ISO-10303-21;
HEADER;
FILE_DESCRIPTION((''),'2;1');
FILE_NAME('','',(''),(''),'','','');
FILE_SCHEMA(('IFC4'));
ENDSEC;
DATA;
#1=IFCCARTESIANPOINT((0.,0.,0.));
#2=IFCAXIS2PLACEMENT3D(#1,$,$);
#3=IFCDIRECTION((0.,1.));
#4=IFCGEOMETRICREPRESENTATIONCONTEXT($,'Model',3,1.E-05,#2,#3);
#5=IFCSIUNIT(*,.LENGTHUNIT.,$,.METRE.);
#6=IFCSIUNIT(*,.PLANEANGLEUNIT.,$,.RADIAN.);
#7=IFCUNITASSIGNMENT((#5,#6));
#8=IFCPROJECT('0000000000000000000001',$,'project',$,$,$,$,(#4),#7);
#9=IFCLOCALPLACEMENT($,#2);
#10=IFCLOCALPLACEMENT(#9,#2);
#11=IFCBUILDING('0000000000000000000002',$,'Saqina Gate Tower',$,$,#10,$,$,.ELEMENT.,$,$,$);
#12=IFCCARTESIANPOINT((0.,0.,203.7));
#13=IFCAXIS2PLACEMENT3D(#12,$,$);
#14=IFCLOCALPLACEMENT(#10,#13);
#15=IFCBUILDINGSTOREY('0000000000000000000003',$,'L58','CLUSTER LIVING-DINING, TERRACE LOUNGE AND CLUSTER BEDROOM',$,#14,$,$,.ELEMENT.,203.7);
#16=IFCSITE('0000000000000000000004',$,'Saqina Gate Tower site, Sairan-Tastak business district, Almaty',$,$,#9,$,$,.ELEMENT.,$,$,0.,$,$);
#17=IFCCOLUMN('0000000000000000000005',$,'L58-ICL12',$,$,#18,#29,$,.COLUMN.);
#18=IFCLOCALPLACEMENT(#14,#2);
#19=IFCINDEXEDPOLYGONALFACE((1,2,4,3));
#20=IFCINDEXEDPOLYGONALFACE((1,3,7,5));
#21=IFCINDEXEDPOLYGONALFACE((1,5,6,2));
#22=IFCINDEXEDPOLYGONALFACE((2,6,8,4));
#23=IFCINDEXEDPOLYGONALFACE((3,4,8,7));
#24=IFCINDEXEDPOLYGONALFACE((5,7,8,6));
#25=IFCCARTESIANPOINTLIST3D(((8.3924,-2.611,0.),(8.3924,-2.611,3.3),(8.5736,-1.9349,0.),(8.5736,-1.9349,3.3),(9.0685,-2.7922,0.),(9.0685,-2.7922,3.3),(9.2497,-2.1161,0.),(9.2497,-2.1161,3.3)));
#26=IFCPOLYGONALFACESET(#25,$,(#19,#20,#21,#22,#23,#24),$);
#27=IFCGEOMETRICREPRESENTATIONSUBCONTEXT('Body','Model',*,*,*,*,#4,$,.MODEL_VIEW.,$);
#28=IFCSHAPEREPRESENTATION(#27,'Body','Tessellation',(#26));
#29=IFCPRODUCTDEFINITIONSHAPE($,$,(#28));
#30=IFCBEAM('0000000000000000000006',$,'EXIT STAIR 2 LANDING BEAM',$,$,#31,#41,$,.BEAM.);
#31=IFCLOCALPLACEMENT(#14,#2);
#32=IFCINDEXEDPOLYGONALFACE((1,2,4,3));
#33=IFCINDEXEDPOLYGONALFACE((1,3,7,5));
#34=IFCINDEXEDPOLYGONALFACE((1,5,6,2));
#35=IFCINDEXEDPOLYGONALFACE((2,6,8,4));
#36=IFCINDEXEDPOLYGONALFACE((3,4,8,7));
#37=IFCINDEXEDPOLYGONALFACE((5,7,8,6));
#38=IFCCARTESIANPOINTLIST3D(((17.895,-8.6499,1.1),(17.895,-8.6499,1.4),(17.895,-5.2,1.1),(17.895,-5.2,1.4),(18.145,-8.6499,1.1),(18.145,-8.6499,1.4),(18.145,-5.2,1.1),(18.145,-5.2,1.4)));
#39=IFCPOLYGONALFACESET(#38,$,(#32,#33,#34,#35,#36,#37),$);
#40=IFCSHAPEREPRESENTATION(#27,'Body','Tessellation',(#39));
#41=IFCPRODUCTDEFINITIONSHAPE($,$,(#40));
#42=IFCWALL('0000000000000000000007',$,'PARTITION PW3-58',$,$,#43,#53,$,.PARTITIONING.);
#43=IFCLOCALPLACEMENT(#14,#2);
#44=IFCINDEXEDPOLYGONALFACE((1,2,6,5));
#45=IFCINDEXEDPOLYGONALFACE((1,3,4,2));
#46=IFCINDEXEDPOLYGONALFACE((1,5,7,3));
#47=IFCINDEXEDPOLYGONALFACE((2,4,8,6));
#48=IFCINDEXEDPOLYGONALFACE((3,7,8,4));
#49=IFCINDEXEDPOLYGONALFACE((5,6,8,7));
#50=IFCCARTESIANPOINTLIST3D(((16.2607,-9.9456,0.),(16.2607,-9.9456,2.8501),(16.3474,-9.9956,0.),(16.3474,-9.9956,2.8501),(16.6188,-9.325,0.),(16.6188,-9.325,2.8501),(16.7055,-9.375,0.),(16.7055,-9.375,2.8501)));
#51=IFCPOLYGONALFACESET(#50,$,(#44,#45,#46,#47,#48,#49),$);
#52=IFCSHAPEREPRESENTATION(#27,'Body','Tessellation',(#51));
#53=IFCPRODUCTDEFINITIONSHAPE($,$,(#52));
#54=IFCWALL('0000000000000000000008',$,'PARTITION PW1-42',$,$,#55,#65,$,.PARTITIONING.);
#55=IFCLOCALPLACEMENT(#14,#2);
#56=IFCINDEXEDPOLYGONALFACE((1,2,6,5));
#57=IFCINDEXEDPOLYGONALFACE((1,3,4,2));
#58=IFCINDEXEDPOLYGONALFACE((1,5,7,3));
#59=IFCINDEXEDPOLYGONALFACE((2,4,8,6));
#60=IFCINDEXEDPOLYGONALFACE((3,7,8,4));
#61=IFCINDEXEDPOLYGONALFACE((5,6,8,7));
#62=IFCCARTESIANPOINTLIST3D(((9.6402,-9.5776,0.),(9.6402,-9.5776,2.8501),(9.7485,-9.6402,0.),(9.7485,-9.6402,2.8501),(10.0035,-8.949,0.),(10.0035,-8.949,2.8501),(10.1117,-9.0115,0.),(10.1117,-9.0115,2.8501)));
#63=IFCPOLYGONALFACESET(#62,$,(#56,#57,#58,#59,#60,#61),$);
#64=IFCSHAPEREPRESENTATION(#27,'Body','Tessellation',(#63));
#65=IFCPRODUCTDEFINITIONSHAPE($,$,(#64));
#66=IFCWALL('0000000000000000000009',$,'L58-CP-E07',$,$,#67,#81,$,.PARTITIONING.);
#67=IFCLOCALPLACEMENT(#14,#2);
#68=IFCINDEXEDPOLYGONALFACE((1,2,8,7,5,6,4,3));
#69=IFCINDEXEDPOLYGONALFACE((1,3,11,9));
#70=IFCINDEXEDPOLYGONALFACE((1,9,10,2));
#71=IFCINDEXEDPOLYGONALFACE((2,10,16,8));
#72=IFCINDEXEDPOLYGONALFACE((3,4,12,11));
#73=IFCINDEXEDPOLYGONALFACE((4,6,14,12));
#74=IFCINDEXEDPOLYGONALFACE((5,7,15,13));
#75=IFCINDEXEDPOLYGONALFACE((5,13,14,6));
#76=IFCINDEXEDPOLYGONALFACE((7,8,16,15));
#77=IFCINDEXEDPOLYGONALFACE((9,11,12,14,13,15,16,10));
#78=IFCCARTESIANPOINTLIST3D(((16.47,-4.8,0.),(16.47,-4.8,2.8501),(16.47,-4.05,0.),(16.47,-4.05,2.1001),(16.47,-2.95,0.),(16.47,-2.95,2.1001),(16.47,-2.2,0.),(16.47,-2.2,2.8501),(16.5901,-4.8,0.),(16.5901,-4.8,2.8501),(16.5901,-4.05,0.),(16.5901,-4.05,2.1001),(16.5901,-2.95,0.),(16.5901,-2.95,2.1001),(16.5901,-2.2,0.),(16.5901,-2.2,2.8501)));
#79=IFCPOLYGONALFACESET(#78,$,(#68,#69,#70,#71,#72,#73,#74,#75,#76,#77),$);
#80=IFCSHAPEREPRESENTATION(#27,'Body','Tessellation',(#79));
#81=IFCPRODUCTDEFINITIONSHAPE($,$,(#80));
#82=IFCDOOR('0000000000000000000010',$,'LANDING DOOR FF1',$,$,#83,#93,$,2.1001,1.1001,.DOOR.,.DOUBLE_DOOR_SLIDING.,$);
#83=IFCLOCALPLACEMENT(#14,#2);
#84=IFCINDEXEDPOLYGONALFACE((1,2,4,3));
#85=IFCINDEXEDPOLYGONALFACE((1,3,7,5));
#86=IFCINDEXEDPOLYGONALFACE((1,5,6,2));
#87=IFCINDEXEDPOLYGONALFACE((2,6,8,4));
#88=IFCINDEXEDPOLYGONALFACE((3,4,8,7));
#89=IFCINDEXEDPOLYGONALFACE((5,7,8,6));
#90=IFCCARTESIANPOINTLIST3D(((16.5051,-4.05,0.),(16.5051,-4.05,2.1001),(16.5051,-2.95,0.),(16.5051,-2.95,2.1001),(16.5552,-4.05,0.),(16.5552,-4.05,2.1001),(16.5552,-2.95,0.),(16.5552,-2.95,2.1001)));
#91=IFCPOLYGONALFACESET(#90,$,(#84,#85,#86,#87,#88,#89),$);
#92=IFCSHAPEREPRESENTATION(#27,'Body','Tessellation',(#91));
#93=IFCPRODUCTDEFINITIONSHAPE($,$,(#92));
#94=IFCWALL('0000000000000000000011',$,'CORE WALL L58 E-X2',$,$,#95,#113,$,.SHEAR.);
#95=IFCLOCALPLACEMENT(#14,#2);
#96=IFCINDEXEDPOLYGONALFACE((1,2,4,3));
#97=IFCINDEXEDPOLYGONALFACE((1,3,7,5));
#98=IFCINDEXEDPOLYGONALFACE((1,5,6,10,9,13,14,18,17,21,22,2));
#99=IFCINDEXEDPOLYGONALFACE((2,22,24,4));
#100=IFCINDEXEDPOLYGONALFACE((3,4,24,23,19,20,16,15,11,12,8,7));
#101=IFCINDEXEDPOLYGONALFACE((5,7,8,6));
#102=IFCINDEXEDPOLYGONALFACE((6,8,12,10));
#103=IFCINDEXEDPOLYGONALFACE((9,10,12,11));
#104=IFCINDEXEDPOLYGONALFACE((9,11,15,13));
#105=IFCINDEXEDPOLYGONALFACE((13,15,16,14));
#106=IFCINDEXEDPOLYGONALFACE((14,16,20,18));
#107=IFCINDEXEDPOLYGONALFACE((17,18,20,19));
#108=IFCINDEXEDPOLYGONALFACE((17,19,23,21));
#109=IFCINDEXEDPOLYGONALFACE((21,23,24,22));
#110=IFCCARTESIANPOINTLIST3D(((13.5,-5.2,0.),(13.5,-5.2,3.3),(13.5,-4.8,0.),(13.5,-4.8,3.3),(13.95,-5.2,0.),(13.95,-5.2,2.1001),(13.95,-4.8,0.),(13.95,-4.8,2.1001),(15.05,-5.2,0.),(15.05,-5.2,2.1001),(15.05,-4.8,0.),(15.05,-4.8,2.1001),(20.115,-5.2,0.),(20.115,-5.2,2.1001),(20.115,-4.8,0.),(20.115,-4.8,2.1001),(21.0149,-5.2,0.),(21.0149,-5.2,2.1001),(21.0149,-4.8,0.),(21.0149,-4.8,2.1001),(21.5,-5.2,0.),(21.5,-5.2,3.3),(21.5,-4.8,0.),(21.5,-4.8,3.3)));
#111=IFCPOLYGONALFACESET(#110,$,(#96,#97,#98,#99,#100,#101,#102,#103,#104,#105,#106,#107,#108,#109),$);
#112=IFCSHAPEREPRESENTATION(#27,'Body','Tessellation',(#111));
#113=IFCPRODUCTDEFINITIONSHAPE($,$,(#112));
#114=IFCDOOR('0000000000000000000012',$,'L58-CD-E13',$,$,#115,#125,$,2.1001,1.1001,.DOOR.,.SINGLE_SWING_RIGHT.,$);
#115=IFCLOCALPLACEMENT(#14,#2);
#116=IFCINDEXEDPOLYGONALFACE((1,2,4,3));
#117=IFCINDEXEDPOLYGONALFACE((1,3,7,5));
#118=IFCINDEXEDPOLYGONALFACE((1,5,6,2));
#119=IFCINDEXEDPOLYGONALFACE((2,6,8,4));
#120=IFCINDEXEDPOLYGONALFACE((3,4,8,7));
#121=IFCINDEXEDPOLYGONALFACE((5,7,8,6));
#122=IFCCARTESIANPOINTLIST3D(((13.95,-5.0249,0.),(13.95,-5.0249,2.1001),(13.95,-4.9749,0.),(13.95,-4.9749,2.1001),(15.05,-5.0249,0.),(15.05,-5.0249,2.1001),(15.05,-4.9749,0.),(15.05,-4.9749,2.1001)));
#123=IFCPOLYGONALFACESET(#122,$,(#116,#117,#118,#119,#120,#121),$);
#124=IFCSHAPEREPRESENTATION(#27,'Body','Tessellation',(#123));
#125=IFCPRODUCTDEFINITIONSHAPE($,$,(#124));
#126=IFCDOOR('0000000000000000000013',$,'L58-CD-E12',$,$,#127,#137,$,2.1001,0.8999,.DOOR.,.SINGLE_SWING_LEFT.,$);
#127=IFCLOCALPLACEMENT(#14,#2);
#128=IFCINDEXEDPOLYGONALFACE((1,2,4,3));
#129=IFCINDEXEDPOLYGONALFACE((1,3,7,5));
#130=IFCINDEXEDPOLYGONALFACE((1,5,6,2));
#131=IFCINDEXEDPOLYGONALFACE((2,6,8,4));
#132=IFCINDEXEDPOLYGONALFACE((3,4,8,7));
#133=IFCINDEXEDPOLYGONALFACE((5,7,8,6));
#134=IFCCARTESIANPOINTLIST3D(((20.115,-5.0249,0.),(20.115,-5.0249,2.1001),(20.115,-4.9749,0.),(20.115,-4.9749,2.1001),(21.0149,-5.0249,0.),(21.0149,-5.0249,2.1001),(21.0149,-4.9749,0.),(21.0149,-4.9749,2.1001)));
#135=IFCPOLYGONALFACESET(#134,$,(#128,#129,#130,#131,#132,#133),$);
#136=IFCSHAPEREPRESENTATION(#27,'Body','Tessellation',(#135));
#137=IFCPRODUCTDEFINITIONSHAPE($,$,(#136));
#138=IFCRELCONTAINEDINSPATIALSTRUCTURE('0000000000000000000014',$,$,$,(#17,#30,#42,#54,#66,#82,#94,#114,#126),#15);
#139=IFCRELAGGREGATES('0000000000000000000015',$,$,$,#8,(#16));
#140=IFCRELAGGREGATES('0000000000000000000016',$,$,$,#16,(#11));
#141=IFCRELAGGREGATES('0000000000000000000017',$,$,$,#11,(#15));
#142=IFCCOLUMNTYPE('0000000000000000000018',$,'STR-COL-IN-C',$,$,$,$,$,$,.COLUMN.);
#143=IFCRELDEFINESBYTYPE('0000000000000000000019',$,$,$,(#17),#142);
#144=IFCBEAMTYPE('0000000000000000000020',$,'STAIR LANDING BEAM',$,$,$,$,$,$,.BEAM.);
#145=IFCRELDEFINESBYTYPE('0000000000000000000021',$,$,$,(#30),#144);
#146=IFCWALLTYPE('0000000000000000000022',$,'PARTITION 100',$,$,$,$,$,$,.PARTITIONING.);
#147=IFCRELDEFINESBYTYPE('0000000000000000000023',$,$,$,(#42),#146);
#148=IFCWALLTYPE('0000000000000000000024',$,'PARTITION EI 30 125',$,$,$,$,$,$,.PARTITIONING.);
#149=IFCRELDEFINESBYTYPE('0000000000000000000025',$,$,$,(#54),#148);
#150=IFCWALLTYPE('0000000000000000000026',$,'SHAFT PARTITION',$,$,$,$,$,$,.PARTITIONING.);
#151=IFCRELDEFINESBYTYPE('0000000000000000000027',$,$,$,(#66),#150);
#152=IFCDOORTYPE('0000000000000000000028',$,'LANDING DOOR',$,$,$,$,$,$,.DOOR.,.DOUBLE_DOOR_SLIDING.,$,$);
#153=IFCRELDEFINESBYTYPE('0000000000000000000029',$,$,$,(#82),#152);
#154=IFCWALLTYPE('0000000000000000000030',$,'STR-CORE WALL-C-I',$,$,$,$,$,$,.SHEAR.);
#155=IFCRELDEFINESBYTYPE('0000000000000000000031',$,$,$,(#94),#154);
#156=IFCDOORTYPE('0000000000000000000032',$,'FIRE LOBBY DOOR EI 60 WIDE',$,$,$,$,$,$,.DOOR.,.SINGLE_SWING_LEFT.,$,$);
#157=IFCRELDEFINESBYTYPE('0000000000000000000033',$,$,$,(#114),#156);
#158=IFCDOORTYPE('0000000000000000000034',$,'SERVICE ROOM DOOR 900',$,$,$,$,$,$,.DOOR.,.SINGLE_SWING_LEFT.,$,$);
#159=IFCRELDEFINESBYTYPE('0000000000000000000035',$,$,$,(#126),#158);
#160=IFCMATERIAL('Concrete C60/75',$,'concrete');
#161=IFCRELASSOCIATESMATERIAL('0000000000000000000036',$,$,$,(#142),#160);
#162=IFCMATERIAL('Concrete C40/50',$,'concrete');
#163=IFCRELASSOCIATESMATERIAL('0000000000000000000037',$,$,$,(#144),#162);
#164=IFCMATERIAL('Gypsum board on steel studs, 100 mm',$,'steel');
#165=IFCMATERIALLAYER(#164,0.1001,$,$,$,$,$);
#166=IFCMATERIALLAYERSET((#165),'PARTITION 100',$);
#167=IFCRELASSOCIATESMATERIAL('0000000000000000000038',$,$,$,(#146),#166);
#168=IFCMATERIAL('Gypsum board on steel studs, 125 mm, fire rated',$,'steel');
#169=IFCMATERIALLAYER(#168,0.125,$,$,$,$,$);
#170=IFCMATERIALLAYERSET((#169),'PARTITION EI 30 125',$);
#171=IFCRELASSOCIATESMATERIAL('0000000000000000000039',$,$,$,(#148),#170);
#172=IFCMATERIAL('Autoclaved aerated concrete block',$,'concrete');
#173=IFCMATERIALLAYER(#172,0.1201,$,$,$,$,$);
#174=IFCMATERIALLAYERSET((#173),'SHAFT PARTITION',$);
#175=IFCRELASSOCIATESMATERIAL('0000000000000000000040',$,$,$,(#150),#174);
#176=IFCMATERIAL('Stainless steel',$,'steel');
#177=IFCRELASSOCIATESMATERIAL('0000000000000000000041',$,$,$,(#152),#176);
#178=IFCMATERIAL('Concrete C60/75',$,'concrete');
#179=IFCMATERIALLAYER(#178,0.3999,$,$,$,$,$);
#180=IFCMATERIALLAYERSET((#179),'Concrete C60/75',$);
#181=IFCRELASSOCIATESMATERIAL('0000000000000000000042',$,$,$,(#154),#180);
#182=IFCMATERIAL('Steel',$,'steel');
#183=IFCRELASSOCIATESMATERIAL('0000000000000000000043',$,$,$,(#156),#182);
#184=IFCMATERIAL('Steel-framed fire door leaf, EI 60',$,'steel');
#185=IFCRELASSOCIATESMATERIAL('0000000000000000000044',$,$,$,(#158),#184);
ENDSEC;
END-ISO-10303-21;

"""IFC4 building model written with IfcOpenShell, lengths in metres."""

from ifc_helpers import new_model, si_unit, direction, frame, frame_2d, origin, origin_2d, place, context, subcontext, project, spatial, rectangle, extrude, material, layer, layer_set, material_profile, profile_set, type_object, element, fill, save


model = new_model("IFC4")

# Units and contexts
model_context = context("Model", 3, precision=1e-05, world=origin(), true_north=direction((0.0, 1.0)))
body_context = subcontext(model_context, "Body", "Model", "MODEL_VIEW")
ifc_project = project(units=[si_unit("LENGTHUNIT", "METRE"), si_unit("PLANEANGLEUNIT", "RADIAN")], contexts=[model_context])

# Site, building, storey
site_placement = place(None, origin())
site = spatial("IfcSite", under=ifc_project, at=site_placement, Name="Saqina Gate Tower site, Sairan-Tastak business district, Almaty", CompositionType="ELEMENT", RefElevation=0.0)
building_placement = place(site_placement, origin())
building = spatial("IfcBuilding", under=site, at=building_placement, Name="Saqina Gate Tower", CompositionType="ELEMENT")
storey_placement = place(building_placement, frame((0.0, 0.0, 203.7)))
storey = spatial("IfcBuildingStorey", under=building, at=storey_placement, Name="L58", Description="CLUSTER LIVING-DINING, TERRACE LOUNGE AND CLUSTER BEDROOM", CompositionType="ELEMENT", Elevation=203.7)

# Column
ifc_material_1 = material(Name="Concrete C60/75", Category="concrete")
ifc_material_profile_1 = material_profile(ifc_material_1, rectangle(XDim=0.7, YDim=0.7, at=origin_2d()), Name="RC 700x700")
ifc_profile_set_1 = profile_set([ifc_material_profile_1], Name="Concrete C60/75")
column_type = type_object("IfcColumnType", Name="STR-COL-IN-C", PredefinedType="COLUMN", material=ifc_profile_set_1)
column_placement = place(storey_placement, frame((8.821, -2.3635, 0.0), z_axis=(0.0, 0.0, 1.0), x_axis=(0.965926, -0.258819, 0.0)))
element("IfcColumn", 1, at=column_placement, inside=storey, type_object=column_type, Name="L58-ICL12", PredefinedType="COLUMN", context=body_context, shape_type="SweptSolid", body=[
    extrude(rectangle(XDim=0.7, YDim=0.7, at=origin_2d()), origin(), (0.0, 0.0, 1.0), 3.3),
])

# Beam
ifc_material_2 = material(Name="Concrete C40/50", Category="concrete")
ifc_material_profile_2 = material_profile(ifc_material_2, rectangle(XDim=0.25, YDim=0.3, at=origin_2d()), Name="STAIR LANDING BEAM")
ifc_profile_set_2 = profile_set([ifc_material_profile_2], Name="Concrete C40/50")
beam_type = type_object("IfcBeamType", Name="STAIR LANDING BEAM", PredefinedType="BEAM", material=ifc_profile_set_2)
beam_placement = place(storey_placement, frame((18.02, -8.6499, 1.25), z_axis=(0.0, 1.0, 0.0), x_axis=(-1.0, 0.0, 0.0)))
element("IfcBeam", 2, at=beam_placement, inside=storey, type_object=beam_type, Name="EXIT STAIR 2 LANDING BEAM", PredefinedType="BEAM", context=body_context, shape_type="SweptSolid", body=[
    extrude(rectangle(XDim=0.25, YDim=0.3, at=origin_2d()), origin(), (0.0, 0.0, 1.0), 3.45),
])

# Walls
ifc_material_3 = material(Name="Gypsum board on steel studs, 100 mm", Category="steel")
ifc_layer_1 = layer(ifc_material_3, 0.1001)
ifc_layer_set_1 = layer_set([ifc_layer_1], Name="PARTITION 100")
wall_type_1 = type_object("IfcWallType", Name="PARTITION 100", PredefinedType="PARTITIONING", material=ifc_layer_set_1)
wall_1_placement = place(storey_placement, frame((16.304, -9.9707, 0.0), z_axis=(0.0, 0.0, 1.0), x_axis=(0.49984, 0.866118, 0.0)))
element("IfcWall", 3, at=wall_1_placement, inside=storey, type_object=wall_type_1, Name="PARTITION PW3-58", PredefinedType="PARTITIONING", context=body_context, shape_type="SweptSolid", body=[
    extrude(rectangle(XDim=0.7166, YDim=0.1001, at=frame_2d((0.3584, 0.0))), origin(), (0.0, 0.0, 1.0), 2.8501),
])
ifc_material_4 = material(Name="Gypsum board on steel studs, 125 mm, fire rated", Category="steel")
ifc_layer_2 = layer(ifc_material_4, 0.125)
ifc_layer_set_2 = layer_set([ifc_layer_2], Name="PARTITION EI 30 125")
wall_type_2 = type_object("IfcWallType", Name="PARTITION EI 30 125", PredefinedType="PARTITIONING", material=ifc_layer_set_2)
wall_2_placement = place(storey_placement, frame((9.6943, -9.6089, 0.0), z_axis=(0.0, 0.0, 1.0), x_axis=(0.500334, 0.865833, 0.0)))
element("IfcWall", 4, at=wall_2_placement, inside=storey, type_object=wall_type_2, Name="PARTITION PW1-42", PredefinedType="PARTITIONING", context=body_context, shape_type="SweptSolid", body=[
    extrude(rectangle(XDim=0.7261, YDim=0.125, at=frame_2d((0.363, 0.0))), origin(), (0.0, 0.0, 1.0), 2.8501),
])

# Wall, opening, door
ifc_material_5 = material(Name="Autoclaved aerated concrete block", Category="concrete")
ifc_layer_3 = layer(ifc_material_5, 0.1201)
ifc_layer_set_3 = layer_set([ifc_layer_3], Name="SHAFT PARTITION")
wall_type_3 = type_object("IfcWallType", Name="SHAFT PARTITION", PredefinedType="PARTITIONING", material=ifc_layer_set_3)
wall_3_placement = place(storey_placement, frame((16.53, -4.8, 0.0), z_axis=(0.0, 0.0, 1.0), x_axis=(0.0, 1.0, 0.0)))
wall_3 = element("IfcWall", 5, at=wall_3_placement, inside=storey, type_object=wall_type_3, Name="L58-CP-E07", PredefinedType="PARTITIONING", context=body_context, shape_type="SweptSolid", body=[
    extrude(rectangle(XDim=2.6001, YDim=0.1201, at=frame_2d((1.3, 0.0))), origin(), (0.0, 0.0, 1.0), 2.8501),
])
opening_1_placement = place(wall_3_placement, frame((0.75, 0.0, 0.0)))
opening_1 = element("IfcOpeningElement", 6, at=opening_1_placement, cuts=wall_3, PredefinedType="OPENING", context=body_context, shape_type="SweptSolid", body=[
    extrude(rectangle(XDim=1.1001, YDim=2.1001, at=frame_2d((0.55, 1.05))), frame((0.0, 0.072, 0.0), z_axis=(0.0, -1.0, 0.0), x_axis=(1.0, 0.0, 0.0)), (0.0, 0.0, 1.0), 0.144),
])
ifc_material_6 = material(Name="Stainless steel", Category="steel")
door_type_1 = type_object("IfcDoorType", Name="LANDING DOOR", OperationType="DOUBLE_DOOR_SLIDING", PredefinedType="DOOR", material=ifc_material_6)
door_1_placement = place(opening_1_placement, origin())
door_1 = element("IfcDoor", 7, at=door_1_placement, inside=storey, type_object=door_type_1, Name="LANDING DOOR FF1", OperationType="DOUBLE_DOOR_SLIDING", OverallHeight=2.1001, OverallWidth=1.1001, PredefinedType="DOOR", context=body_context, shape_type="SweptSolid", body=[
    extrude(rectangle(XDim=1.1001, YDim=2.1001, at=frame_2d((0.55, 1.05))), frame((0.0, 0.0249, 0.0), z_axis=(0.0, -1.0, 0.0), x_axis=(1.0, 0.0, 0.0)), (0.0, 0.0, 1.0), 0.05),
])
fill(opening_1, door_1)

# Wall, openings, doors
ifc_material_7 = material(Name="Concrete C60/75", Category="concrete")
ifc_layer_4 = layer(ifc_material_7, 0.3999)
ifc_layer_set_4 = layer_set([ifc_layer_4], Name="Concrete C60/75")
wall_type_4 = type_object("IfcWallType", Name="STR-CORE WALL-C-I", PredefinedType="SHEAR", material=ifc_layer_set_4)
wall_4_placement = place(storey_placement, frame((13.5, -5.0, 0.0), z_axis=(0.0, 0.0, 1.0), x_axis=(1.0, 0.0, 0.0)))
wall_4 = element("IfcWall", 8, at=wall_4_placement, inside=storey, type_object=wall_type_4, Name="CORE WALL L58 E-X2", PredefinedType="SHEAR", context=body_context, shape_type="SweptSolid", body=[
    extrude(rectangle(XDim=8.0, YDim=0.3999, at=frame_2d((4.0, 0.0))), origin(), (0.0, 0.0, 1.0), 3.3),
])
opening_2_placement = place(wall_4_placement, frame((6.615, 0.0, 0.0)))
opening_2 = element("IfcOpeningElement", 9, at=opening_2_placement, cuts=wall_4, PredefinedType="OPENING", context=body_context, shape_type="SweptSolid", body=[
    extrude(rectangle(XDim=0.8999, YDim=2.1001, at=frame_2d((0.45, 1.05))), frame((0.0, 0.2119, 0.0), z_axis=(0.0, -1.0, 0.0), x_axis=(1.0, 0.0, 0.0)), (0.0, 0.0, 1.0), 0.4238),
])
opening_3_placement = place(wall_4_placement, frame((0.45, 0.0, 0.0)))
opening_3 = element("IfcOpeningElement", 10, at=opening_3_placement, cuts=wall_4, PredefinedType="OPENING", context=body_context, shape_type="SweptSolid", body=[
    extrude(rectangle(XDim=1.1001, YDim=2.1001, at=frame_2d((0.55, 1.05))), frame((0.0, 0.2119, 0.0), z_axis=(0.0, -1.0, 0.0), x_axis=(1.0, 0.0, 0.0)), (0.0, 0.0, 1.0), 0.4238),
])
ifc_material_8 = material(Name="Steel", Category="steel")
door_type_2 = type_object("IfcDoorType", Name="FIRE LOBBY DOOR EI 60 WIDE", OperationType="SINGLE_SWING_LEFT", PredefinedType="DOOR", material=ifc_material_8)
door_2_placement = place(opening_3_placement, frame((1.1001, 0.0, 0.0), z_axis=(0.0, 0.0, 1.0), x_axis=(-1.0, 0.0, 0.0)))
door_2 = element("IfcDoor", 11, at=door_2_placement, inside=storey, type_object=door_type_2, Name="L58-CD-E13", OperationType="SINGLE_SWING_RIGHT", OverallHeight=2.1001, OverallWidth=1.1001, PredefinedType="DOOR", context=body_context, shape_type="SweptSolid", body=[
    extrude(rectangle(XDim=1.1001, YDim=2.1001, at=frame_2d((0.55, 1.05))), frame((0.0, 0.0249, 0.0), z_axis=(0.0, -1.0, 0.0), x_axis=(1.0, 0.0, 0.0)), (0.0, 0.0, 1.0), 0.05),
])
fill(opening_3, door_2)
ifc_material_9 = material(Name="Steel-framed fire door leaf, EI 60", Category="steel")
door_type_3 = type_object("IfcDoorType", Name="SERVICE ROOM DOOR 900", OperationType="SINGLE_SWING_LEFT", PredefinedType="DOOR", material=ifc_material_9)
door_3_placement = place(opening_2_placement, frame((0.8999, 0.0, 0.0), z_axis=(0.0, 0.0, 1.0), x_axis=(-1.0, 0.0, 0.0)))
door_3 = element("IfcDoor", 12, at=door_3_placement, inside=storey, type_object=door_type_3, Name="L58-CD-E12", OperationType="SINGLE_SWING_LEFT", OverallHeight=2.1001, OverallWidth=0.8999, PredefinedType="DOOR", context=body_context, shape_type="SweptSolid", body=[
    extrude(rectangle(XDim=0.8999, YDim=2.1001, at=frame_2d((0.45, 1.05))), frame((0.0, 0.0249, 0.0), z_axis=(0.0, -1.0, 0.0), x_axis=(1.0, 0.0, 0.0)), (0.0, 0.0, 1.0), 0.05),
])
fill(opening_2, door_3)

save(model, "model.ifc")
